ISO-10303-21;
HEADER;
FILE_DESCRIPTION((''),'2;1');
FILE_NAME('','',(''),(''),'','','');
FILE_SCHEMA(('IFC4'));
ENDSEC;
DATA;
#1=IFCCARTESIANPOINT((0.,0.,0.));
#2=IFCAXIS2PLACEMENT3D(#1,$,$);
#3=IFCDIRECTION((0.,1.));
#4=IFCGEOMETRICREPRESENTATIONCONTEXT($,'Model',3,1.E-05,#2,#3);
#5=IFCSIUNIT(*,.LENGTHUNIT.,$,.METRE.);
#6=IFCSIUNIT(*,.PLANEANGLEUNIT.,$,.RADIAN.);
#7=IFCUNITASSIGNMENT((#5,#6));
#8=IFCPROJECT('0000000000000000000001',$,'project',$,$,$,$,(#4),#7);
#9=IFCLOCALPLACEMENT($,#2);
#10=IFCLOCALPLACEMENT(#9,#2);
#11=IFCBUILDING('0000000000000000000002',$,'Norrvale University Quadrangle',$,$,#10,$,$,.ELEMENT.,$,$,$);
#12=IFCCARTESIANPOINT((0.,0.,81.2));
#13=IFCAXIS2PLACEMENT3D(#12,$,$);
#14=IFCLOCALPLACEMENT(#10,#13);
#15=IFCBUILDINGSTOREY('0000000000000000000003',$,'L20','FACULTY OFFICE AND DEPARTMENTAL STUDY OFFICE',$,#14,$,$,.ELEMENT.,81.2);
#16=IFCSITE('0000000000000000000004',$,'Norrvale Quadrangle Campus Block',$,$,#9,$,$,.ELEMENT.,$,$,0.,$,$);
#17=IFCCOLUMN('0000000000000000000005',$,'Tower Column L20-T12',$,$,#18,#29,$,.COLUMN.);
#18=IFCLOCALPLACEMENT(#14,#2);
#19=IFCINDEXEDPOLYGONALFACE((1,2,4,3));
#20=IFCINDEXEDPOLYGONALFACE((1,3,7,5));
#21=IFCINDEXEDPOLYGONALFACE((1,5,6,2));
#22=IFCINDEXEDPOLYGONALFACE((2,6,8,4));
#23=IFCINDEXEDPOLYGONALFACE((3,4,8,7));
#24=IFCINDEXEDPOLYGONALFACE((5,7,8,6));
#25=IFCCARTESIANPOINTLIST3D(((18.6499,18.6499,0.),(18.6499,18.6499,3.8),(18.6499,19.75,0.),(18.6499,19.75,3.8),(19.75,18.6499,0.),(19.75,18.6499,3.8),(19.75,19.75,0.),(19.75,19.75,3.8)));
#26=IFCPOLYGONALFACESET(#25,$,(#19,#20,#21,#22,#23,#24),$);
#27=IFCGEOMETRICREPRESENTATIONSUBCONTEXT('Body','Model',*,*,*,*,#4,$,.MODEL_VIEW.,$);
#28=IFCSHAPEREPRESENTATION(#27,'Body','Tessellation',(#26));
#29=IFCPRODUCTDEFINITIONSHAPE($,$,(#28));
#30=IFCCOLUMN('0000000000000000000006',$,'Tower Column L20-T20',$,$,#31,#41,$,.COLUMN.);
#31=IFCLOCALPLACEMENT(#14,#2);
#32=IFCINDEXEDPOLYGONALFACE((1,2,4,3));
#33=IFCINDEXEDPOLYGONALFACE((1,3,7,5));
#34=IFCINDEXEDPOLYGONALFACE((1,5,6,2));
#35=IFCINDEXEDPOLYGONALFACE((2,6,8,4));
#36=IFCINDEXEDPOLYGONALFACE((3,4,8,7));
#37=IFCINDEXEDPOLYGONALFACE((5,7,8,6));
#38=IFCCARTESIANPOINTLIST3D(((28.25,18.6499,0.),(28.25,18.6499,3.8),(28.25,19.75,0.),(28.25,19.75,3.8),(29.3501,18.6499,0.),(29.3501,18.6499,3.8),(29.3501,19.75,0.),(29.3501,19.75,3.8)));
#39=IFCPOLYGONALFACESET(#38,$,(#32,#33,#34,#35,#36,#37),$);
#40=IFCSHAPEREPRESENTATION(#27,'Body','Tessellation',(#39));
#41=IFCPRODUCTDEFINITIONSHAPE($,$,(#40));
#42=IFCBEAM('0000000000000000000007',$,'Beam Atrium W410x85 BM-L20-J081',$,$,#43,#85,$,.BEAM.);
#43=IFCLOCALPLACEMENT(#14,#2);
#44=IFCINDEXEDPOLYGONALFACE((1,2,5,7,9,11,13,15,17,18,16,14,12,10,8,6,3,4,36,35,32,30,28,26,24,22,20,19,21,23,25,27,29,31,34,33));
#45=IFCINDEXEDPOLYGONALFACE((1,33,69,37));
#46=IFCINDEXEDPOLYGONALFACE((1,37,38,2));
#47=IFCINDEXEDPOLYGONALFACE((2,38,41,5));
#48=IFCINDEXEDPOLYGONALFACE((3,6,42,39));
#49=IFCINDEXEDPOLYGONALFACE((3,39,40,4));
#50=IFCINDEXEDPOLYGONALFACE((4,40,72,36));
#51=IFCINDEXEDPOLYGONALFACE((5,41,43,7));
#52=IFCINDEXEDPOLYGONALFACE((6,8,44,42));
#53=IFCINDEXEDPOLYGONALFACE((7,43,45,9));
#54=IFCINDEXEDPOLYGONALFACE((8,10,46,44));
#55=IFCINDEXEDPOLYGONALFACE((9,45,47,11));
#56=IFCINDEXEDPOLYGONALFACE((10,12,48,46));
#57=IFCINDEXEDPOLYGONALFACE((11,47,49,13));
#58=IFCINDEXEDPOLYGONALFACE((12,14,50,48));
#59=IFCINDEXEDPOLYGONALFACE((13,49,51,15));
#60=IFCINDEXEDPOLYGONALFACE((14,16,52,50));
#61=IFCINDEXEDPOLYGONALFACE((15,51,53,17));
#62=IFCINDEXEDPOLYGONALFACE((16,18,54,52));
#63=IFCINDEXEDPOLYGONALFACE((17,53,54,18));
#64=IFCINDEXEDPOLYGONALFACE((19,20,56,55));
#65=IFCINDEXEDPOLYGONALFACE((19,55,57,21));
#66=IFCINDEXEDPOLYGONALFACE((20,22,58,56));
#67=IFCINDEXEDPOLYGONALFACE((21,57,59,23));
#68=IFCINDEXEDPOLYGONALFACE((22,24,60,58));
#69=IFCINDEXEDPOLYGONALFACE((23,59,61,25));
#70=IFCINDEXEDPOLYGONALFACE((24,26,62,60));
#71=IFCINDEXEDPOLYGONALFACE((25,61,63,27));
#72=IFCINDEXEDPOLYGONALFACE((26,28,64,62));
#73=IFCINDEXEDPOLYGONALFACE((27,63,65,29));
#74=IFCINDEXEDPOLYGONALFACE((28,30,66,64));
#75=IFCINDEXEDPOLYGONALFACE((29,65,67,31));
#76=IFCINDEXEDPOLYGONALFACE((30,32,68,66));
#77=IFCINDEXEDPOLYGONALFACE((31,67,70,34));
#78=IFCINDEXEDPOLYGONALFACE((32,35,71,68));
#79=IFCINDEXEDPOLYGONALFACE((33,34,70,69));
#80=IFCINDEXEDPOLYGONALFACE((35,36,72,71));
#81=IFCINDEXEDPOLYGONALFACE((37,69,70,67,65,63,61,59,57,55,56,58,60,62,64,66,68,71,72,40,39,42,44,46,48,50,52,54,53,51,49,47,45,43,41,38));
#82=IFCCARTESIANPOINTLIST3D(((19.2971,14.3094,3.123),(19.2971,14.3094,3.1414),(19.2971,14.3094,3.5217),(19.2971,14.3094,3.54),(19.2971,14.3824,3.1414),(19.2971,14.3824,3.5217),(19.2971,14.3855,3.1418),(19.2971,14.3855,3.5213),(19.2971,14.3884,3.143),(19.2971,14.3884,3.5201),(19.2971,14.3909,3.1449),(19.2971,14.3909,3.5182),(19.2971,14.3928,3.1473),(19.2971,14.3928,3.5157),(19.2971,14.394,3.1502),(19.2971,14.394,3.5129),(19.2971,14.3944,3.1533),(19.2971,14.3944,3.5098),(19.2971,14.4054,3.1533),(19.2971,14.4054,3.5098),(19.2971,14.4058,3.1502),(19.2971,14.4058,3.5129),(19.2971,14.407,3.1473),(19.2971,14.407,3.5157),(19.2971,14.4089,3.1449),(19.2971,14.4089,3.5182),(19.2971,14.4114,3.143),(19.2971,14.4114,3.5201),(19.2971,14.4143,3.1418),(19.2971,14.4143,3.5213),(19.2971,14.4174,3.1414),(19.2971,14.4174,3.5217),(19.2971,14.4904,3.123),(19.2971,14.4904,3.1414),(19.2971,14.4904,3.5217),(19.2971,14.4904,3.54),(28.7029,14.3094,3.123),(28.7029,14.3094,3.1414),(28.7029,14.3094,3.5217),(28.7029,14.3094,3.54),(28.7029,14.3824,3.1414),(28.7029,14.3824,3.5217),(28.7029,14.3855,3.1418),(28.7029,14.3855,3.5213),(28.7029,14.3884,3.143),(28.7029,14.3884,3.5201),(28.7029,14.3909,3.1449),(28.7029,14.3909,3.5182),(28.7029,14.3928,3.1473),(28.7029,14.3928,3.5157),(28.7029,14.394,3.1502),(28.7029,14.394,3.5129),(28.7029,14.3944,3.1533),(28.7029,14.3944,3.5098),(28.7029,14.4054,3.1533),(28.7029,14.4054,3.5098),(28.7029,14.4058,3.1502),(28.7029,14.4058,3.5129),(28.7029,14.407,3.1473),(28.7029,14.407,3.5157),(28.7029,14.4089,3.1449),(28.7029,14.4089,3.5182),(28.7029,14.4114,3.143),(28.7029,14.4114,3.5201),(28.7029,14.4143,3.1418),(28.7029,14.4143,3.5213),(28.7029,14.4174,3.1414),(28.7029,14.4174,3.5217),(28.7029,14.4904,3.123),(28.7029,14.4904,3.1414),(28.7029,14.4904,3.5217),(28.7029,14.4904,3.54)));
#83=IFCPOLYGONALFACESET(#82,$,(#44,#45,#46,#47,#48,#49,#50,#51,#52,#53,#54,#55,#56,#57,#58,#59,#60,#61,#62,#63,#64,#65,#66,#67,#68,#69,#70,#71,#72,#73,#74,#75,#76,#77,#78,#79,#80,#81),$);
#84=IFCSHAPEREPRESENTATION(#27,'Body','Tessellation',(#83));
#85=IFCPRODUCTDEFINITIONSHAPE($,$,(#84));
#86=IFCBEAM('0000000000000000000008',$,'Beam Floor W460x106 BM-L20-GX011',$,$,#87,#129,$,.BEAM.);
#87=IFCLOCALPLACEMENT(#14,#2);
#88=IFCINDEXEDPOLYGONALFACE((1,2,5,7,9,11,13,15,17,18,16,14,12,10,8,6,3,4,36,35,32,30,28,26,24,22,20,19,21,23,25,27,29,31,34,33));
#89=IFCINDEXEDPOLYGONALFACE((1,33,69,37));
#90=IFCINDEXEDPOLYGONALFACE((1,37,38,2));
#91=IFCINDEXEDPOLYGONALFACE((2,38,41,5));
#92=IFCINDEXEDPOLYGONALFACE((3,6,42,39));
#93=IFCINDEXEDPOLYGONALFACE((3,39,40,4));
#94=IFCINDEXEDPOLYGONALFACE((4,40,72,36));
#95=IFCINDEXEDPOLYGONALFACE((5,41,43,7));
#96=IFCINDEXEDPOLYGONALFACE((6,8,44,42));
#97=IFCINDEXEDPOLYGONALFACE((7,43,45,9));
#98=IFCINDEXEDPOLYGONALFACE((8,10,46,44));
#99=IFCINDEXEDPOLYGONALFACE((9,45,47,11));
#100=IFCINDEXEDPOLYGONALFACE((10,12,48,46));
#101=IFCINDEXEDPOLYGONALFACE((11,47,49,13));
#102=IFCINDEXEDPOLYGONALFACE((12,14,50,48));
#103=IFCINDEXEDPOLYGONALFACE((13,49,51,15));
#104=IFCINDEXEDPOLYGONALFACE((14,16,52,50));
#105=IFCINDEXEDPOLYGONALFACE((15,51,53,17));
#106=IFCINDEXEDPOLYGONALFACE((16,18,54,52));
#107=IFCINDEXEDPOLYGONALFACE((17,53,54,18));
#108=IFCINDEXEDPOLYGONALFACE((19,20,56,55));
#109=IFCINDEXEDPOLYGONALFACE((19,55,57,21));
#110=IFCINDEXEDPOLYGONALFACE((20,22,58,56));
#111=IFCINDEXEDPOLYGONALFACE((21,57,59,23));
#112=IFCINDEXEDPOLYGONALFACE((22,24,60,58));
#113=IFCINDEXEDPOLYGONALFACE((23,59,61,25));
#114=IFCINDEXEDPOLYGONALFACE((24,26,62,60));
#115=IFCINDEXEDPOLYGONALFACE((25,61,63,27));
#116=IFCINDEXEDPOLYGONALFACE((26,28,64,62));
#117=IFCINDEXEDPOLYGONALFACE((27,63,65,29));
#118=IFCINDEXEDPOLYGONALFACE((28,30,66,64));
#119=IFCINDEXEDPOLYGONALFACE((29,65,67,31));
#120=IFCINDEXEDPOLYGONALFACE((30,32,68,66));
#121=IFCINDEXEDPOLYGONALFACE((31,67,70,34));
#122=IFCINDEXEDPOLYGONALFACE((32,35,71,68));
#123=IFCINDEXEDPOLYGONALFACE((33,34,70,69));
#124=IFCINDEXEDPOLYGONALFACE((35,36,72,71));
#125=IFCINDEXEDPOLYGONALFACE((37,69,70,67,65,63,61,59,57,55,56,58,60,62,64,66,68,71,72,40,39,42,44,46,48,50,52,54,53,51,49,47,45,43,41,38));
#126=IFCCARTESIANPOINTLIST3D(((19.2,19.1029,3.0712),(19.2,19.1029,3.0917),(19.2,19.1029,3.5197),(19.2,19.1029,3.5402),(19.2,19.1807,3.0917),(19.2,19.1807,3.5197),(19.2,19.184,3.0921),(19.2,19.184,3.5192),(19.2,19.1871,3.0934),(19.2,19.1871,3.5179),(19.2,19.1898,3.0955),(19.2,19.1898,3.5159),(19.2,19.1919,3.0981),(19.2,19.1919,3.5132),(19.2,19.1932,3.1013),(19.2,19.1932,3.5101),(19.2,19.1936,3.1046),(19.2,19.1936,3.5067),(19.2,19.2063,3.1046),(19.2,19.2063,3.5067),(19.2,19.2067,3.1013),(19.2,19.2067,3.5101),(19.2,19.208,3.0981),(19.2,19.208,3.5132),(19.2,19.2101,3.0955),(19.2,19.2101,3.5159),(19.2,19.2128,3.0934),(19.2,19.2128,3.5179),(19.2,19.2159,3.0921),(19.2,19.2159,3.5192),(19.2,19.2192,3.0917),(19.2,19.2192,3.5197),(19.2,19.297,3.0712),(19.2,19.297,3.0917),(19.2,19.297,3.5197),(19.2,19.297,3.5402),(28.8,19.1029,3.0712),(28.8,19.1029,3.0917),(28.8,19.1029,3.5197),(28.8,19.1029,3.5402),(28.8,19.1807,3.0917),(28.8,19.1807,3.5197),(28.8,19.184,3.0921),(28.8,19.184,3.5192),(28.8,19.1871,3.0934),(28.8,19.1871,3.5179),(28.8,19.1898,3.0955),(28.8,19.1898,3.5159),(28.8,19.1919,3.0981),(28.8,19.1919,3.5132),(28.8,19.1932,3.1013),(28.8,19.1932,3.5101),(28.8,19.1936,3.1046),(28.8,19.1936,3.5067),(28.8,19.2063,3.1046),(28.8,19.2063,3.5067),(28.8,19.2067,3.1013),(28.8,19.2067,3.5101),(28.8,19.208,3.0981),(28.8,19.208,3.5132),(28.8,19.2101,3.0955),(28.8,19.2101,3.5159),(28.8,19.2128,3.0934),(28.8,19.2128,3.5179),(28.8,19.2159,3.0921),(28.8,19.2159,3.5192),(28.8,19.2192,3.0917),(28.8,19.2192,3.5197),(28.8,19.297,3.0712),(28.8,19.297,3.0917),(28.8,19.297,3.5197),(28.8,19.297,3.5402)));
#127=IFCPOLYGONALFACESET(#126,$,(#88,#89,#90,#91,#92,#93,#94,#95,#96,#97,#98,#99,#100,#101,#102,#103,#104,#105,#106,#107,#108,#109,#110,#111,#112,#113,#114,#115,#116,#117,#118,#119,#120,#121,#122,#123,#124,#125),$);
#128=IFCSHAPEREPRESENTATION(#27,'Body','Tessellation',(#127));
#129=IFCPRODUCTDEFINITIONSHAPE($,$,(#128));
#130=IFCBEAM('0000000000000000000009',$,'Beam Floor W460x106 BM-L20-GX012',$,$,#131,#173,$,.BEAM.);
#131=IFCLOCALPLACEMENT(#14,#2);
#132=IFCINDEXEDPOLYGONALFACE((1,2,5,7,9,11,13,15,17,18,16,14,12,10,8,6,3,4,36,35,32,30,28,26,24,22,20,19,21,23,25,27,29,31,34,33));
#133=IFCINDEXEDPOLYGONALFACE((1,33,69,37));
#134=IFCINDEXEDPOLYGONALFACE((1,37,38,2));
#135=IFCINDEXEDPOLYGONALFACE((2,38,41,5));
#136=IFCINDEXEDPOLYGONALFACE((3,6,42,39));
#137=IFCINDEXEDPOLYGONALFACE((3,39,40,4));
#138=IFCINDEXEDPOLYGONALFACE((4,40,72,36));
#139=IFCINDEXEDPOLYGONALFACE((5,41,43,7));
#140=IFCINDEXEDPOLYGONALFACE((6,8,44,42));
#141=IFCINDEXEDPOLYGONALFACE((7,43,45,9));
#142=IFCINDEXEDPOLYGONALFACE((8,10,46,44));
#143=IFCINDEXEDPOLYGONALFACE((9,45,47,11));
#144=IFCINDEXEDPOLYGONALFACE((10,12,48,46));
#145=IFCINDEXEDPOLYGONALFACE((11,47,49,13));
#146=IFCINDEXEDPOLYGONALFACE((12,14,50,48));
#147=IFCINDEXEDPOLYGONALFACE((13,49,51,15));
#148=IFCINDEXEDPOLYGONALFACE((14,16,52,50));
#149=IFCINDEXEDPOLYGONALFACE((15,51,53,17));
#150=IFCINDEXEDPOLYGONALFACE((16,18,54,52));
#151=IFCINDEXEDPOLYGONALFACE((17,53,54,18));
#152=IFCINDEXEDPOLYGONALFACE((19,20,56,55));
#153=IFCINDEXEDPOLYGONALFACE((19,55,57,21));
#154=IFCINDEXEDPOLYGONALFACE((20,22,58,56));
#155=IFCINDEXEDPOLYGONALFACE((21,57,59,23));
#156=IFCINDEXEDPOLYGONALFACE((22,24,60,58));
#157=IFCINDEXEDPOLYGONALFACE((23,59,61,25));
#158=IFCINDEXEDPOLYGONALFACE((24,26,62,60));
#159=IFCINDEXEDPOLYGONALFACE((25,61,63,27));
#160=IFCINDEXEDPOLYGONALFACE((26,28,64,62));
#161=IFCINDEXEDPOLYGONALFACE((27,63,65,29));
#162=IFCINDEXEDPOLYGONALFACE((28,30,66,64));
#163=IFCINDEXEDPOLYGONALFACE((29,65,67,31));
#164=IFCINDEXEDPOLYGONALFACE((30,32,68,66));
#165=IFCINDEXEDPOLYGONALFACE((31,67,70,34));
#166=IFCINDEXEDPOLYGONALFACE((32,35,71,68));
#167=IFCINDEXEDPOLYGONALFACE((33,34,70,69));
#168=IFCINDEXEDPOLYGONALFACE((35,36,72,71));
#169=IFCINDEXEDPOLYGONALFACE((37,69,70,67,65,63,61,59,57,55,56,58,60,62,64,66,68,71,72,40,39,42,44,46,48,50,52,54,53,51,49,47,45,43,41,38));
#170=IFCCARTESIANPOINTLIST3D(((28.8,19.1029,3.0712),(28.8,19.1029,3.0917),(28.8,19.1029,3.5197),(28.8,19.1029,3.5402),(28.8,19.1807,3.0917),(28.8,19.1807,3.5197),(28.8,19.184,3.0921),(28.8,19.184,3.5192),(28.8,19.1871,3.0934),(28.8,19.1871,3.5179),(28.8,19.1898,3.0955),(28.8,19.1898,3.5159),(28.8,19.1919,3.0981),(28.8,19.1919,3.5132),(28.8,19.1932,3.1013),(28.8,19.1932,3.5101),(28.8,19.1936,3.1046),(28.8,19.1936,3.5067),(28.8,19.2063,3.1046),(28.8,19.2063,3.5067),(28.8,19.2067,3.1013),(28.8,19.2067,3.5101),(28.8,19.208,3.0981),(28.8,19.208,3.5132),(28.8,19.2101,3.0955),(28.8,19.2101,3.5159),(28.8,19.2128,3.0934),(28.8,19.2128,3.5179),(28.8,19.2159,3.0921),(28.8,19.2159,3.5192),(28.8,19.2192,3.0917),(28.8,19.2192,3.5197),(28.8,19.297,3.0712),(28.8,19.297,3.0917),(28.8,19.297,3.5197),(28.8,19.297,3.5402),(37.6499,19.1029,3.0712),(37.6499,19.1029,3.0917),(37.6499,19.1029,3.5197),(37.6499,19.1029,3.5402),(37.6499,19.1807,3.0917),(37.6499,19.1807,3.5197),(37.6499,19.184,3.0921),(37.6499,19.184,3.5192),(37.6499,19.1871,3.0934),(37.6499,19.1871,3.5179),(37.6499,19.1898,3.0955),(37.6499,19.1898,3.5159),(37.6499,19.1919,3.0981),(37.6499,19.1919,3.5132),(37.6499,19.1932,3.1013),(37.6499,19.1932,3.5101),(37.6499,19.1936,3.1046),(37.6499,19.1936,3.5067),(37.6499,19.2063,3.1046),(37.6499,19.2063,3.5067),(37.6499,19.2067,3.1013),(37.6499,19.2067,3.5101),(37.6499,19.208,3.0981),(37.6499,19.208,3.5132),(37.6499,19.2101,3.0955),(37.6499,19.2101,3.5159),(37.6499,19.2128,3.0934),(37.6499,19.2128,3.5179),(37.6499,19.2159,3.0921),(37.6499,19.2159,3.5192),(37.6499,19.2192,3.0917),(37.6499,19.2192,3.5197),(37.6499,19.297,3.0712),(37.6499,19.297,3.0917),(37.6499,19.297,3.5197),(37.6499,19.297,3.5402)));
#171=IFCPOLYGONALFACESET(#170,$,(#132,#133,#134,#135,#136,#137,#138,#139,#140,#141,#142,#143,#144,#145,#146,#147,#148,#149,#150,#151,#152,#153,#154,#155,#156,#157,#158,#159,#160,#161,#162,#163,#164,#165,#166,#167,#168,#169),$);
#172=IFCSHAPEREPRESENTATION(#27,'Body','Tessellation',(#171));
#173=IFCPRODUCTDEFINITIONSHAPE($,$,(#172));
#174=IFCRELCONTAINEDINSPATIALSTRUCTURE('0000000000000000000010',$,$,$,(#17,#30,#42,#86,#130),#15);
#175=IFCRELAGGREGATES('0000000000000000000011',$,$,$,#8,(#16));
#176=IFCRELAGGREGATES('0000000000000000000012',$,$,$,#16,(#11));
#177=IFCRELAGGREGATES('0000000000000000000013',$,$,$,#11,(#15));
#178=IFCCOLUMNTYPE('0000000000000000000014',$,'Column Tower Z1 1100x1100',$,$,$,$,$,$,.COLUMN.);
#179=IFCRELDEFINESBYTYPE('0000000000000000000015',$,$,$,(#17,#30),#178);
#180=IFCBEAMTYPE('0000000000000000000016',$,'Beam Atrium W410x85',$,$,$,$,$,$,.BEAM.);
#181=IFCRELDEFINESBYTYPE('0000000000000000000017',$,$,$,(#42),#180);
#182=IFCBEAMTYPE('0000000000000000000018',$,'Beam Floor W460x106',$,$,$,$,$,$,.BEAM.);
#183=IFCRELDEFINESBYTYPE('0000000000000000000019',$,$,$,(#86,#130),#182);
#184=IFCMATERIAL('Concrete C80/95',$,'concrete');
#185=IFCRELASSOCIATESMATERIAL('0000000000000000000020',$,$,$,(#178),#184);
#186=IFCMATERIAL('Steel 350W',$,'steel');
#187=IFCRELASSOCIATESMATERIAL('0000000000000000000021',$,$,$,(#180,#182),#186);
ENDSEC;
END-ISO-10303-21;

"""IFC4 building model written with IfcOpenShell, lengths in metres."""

from ifc_helpers import new_model, si_unit, direction, frame, origin, origin_2d, place, context, subcontext, project, spatial, rectangle, i_section, extrude, material, material_profile, profile_set, type_object, element, save


model = new_model("IFC4")

# Units and contexts
model_context = context("Model", 3, precision=1e-05, world=origin(), true_north=direction((0.0, 1.0)))
body_context = subcontext(model_context, "Body", "Model", "MODEL_VIEW")
ifc_project = project(units=[si_unit("LENGTHUNIT", "METRE"), si_unit("PLANEANGLEUNIT", "RADIAN")], contexts=[model_context])

# Site, building, storey
site_placement = place(None, origin())
site = spatial("IfcSite", under=ifc_project, at=site_placement, Name="Norrvale Quadrangle Campus Block", CompositionType="ELEMENT", RefElevation=0.0)
building_placement = place(site_placement, origin())
building = spatial("IfcBuilding", under=site, at=building_placement, Name="Norrvale University Quadrangle", CompositionType="ELEMENT")
storey_placement = place(building_placement, frame((0.0, 0.0, 81.2)))
storey = spatial("IfcBuildingStorey", under=building, at=storey_placement, Name="L20", Description="FACULTY OFFICE AND DEPARTMENTAL STUDY OFFICE", CompositionType="ELEMENT", Elevation=81.2)

# Columns
ifc_material_1 = material(Name="Concrete C80/95", Category="concrete")
ifc_material_profile_1 = material_profile(ifc_material_1, rectangle(XDim=1.1001, YDim=1.1001, at=origin_2d()), Name="Concrete C80/95")
ifc_profile_set_1 = profile_set([ifc_material_profile_1], Name="Concrete C80/95")
column_type = type_object("IfcColumnType", Name="Column Tower Z1 1100x1100", PredefinedType="COLUMN", material=ifc_profile_set_1)
for number, where, z_axis, x_axis, name in (
    (1, (19.2, 19.2, 0.0), (0.0, 0.0, 1.0), (1.0, 0.0, 0.0), "Tower Column L20-T12"),
    (2, (28.8, 19.2, 0.0), (0.0, 0.0, 1.0), (1.0, 0.0, 0.0), "Tower Column L20-T20"),
):
    element("IfcColumn", number, at=place(storey_placement, frame(where, z_axis=z_axis, x_axis=x_axis)), inside=storey, type_object=column_type, Name=name, PredefinedType="COLUMN", context=body_context, shape_type="SweptSolid", body=[
        extrude(rectangle(XDim=1.1001, YDim=1.1001, at=origin_2d()), origin(), (0.0, 0.0, 1.0), 3.8),
    ])

# Beams
ifc_material_2 = material(Name="Steel 350W", Category="steel")
ifc_material_profile_2 = material_profile(ifc_material_2, i_section(OverallWidth=0.1809, OverallDepth=0.417, WebThickness=0.011, FlangeThickness=0.0183, FilletRadius=0.012, at=origin_2d()), Name="Steel 350W")
ifc_profile_set_2 = profile_set([ifc_material_profile_2], Name="Steel 350W")
beam_type_1 = type_object("IfcBeamType", Name="Beam Atrium W410x85", PredefinedType="BEAM", material=ifc_profile_set_2)
beam_1_placement = place(storey_placement, frame((19.2971, 14.3999, 3.3315), z_axis=(1.0, 0.0, 0.0), x_axis=(0.0, 1.0, 0.0)))
element("IfcBeam", 3, at=beam_1_placement, inside=storey, type_object=beam_type_1, Name="Beam Atrium W410x85 BM-L20-J081", PredefinedType="BEAM", context=body_context, shape_type="SweptSolid", body=[
    extrude(i_section(OverallWidth=0.1809, OverallDepth=0.417, WebThickness=0.011, FlangeThickness=0.0183, FilletRadius=0.012, at=origin_2d()), origin(), (0.0, 0.0, 1.0), 9.4058),
])
ifc_material_profile_3 = material_profile(ifc_material_2, i_section(OverallWidth=0.1941, OverallDepth=0.469, WebThickness=0.0127, FlangeThickness=0.0205, FilletRadius=0.0129, at=origin_2d()), Name="Steel 350W")
ifc_profile_set_3 = profile_set([ifc_material_profile_3], Name="Steel 350W")
beam_type_2 = type_object("IfcBeamType", Name="Beam Floor W460x106", PredefinedType="BEAM", material=ifc_profile_set_3)
beam_2_placement = place(storey_placement, frame((19.2, 19.2, 3.3057), z_axis=(1.0, 0.0, 0.0), x_axis=(0.0, 1.0, 0.0)))
element("IfcBeam", 4, at=beam_2_placement, inside=storey, type_object=beam_type_2, Name="Beam Floor W460x106 BM-L20-GX011", PredefinedType="BEAM", context=body_context, shape_type="SweptSolid", body=[
    extrude(i_section(OverallWidth=0.1941, OverallDepth=0.469, WebThickness=0.0127, FlangeThickness=0.0205, FilletRadius=0.0129, at=origin_2d()), origin(), (0.0, 0.0, 1.0), 9.6001),
])
beam_3_placement = place(storey_placement, frame((28.8, 19.2, 3.3057), z_axis=(1.0, 0.0, 0.0), x_axis=(0.0, 1.0, 0.0)))
element("IfcBeam", 5, at=beam_3_placement, inside=storey, type_object=beam_type_2, Name="Beam Floor W460x106 BM-L20-GX012", PredefinedType="BEAM", context=body_context, shape_type="SweptSolid", body=[
    extrude(i_section(OverallWidth=0.1941, OverallDepth=0.469, WebThickness=0.0127, FlangeThickness=0.0205, FilletRadius=0.0129, at=origin_2d()), origin(), (0.0, 0.0, 1.0), 8.8499),
])

save(model, "model.ifc")
